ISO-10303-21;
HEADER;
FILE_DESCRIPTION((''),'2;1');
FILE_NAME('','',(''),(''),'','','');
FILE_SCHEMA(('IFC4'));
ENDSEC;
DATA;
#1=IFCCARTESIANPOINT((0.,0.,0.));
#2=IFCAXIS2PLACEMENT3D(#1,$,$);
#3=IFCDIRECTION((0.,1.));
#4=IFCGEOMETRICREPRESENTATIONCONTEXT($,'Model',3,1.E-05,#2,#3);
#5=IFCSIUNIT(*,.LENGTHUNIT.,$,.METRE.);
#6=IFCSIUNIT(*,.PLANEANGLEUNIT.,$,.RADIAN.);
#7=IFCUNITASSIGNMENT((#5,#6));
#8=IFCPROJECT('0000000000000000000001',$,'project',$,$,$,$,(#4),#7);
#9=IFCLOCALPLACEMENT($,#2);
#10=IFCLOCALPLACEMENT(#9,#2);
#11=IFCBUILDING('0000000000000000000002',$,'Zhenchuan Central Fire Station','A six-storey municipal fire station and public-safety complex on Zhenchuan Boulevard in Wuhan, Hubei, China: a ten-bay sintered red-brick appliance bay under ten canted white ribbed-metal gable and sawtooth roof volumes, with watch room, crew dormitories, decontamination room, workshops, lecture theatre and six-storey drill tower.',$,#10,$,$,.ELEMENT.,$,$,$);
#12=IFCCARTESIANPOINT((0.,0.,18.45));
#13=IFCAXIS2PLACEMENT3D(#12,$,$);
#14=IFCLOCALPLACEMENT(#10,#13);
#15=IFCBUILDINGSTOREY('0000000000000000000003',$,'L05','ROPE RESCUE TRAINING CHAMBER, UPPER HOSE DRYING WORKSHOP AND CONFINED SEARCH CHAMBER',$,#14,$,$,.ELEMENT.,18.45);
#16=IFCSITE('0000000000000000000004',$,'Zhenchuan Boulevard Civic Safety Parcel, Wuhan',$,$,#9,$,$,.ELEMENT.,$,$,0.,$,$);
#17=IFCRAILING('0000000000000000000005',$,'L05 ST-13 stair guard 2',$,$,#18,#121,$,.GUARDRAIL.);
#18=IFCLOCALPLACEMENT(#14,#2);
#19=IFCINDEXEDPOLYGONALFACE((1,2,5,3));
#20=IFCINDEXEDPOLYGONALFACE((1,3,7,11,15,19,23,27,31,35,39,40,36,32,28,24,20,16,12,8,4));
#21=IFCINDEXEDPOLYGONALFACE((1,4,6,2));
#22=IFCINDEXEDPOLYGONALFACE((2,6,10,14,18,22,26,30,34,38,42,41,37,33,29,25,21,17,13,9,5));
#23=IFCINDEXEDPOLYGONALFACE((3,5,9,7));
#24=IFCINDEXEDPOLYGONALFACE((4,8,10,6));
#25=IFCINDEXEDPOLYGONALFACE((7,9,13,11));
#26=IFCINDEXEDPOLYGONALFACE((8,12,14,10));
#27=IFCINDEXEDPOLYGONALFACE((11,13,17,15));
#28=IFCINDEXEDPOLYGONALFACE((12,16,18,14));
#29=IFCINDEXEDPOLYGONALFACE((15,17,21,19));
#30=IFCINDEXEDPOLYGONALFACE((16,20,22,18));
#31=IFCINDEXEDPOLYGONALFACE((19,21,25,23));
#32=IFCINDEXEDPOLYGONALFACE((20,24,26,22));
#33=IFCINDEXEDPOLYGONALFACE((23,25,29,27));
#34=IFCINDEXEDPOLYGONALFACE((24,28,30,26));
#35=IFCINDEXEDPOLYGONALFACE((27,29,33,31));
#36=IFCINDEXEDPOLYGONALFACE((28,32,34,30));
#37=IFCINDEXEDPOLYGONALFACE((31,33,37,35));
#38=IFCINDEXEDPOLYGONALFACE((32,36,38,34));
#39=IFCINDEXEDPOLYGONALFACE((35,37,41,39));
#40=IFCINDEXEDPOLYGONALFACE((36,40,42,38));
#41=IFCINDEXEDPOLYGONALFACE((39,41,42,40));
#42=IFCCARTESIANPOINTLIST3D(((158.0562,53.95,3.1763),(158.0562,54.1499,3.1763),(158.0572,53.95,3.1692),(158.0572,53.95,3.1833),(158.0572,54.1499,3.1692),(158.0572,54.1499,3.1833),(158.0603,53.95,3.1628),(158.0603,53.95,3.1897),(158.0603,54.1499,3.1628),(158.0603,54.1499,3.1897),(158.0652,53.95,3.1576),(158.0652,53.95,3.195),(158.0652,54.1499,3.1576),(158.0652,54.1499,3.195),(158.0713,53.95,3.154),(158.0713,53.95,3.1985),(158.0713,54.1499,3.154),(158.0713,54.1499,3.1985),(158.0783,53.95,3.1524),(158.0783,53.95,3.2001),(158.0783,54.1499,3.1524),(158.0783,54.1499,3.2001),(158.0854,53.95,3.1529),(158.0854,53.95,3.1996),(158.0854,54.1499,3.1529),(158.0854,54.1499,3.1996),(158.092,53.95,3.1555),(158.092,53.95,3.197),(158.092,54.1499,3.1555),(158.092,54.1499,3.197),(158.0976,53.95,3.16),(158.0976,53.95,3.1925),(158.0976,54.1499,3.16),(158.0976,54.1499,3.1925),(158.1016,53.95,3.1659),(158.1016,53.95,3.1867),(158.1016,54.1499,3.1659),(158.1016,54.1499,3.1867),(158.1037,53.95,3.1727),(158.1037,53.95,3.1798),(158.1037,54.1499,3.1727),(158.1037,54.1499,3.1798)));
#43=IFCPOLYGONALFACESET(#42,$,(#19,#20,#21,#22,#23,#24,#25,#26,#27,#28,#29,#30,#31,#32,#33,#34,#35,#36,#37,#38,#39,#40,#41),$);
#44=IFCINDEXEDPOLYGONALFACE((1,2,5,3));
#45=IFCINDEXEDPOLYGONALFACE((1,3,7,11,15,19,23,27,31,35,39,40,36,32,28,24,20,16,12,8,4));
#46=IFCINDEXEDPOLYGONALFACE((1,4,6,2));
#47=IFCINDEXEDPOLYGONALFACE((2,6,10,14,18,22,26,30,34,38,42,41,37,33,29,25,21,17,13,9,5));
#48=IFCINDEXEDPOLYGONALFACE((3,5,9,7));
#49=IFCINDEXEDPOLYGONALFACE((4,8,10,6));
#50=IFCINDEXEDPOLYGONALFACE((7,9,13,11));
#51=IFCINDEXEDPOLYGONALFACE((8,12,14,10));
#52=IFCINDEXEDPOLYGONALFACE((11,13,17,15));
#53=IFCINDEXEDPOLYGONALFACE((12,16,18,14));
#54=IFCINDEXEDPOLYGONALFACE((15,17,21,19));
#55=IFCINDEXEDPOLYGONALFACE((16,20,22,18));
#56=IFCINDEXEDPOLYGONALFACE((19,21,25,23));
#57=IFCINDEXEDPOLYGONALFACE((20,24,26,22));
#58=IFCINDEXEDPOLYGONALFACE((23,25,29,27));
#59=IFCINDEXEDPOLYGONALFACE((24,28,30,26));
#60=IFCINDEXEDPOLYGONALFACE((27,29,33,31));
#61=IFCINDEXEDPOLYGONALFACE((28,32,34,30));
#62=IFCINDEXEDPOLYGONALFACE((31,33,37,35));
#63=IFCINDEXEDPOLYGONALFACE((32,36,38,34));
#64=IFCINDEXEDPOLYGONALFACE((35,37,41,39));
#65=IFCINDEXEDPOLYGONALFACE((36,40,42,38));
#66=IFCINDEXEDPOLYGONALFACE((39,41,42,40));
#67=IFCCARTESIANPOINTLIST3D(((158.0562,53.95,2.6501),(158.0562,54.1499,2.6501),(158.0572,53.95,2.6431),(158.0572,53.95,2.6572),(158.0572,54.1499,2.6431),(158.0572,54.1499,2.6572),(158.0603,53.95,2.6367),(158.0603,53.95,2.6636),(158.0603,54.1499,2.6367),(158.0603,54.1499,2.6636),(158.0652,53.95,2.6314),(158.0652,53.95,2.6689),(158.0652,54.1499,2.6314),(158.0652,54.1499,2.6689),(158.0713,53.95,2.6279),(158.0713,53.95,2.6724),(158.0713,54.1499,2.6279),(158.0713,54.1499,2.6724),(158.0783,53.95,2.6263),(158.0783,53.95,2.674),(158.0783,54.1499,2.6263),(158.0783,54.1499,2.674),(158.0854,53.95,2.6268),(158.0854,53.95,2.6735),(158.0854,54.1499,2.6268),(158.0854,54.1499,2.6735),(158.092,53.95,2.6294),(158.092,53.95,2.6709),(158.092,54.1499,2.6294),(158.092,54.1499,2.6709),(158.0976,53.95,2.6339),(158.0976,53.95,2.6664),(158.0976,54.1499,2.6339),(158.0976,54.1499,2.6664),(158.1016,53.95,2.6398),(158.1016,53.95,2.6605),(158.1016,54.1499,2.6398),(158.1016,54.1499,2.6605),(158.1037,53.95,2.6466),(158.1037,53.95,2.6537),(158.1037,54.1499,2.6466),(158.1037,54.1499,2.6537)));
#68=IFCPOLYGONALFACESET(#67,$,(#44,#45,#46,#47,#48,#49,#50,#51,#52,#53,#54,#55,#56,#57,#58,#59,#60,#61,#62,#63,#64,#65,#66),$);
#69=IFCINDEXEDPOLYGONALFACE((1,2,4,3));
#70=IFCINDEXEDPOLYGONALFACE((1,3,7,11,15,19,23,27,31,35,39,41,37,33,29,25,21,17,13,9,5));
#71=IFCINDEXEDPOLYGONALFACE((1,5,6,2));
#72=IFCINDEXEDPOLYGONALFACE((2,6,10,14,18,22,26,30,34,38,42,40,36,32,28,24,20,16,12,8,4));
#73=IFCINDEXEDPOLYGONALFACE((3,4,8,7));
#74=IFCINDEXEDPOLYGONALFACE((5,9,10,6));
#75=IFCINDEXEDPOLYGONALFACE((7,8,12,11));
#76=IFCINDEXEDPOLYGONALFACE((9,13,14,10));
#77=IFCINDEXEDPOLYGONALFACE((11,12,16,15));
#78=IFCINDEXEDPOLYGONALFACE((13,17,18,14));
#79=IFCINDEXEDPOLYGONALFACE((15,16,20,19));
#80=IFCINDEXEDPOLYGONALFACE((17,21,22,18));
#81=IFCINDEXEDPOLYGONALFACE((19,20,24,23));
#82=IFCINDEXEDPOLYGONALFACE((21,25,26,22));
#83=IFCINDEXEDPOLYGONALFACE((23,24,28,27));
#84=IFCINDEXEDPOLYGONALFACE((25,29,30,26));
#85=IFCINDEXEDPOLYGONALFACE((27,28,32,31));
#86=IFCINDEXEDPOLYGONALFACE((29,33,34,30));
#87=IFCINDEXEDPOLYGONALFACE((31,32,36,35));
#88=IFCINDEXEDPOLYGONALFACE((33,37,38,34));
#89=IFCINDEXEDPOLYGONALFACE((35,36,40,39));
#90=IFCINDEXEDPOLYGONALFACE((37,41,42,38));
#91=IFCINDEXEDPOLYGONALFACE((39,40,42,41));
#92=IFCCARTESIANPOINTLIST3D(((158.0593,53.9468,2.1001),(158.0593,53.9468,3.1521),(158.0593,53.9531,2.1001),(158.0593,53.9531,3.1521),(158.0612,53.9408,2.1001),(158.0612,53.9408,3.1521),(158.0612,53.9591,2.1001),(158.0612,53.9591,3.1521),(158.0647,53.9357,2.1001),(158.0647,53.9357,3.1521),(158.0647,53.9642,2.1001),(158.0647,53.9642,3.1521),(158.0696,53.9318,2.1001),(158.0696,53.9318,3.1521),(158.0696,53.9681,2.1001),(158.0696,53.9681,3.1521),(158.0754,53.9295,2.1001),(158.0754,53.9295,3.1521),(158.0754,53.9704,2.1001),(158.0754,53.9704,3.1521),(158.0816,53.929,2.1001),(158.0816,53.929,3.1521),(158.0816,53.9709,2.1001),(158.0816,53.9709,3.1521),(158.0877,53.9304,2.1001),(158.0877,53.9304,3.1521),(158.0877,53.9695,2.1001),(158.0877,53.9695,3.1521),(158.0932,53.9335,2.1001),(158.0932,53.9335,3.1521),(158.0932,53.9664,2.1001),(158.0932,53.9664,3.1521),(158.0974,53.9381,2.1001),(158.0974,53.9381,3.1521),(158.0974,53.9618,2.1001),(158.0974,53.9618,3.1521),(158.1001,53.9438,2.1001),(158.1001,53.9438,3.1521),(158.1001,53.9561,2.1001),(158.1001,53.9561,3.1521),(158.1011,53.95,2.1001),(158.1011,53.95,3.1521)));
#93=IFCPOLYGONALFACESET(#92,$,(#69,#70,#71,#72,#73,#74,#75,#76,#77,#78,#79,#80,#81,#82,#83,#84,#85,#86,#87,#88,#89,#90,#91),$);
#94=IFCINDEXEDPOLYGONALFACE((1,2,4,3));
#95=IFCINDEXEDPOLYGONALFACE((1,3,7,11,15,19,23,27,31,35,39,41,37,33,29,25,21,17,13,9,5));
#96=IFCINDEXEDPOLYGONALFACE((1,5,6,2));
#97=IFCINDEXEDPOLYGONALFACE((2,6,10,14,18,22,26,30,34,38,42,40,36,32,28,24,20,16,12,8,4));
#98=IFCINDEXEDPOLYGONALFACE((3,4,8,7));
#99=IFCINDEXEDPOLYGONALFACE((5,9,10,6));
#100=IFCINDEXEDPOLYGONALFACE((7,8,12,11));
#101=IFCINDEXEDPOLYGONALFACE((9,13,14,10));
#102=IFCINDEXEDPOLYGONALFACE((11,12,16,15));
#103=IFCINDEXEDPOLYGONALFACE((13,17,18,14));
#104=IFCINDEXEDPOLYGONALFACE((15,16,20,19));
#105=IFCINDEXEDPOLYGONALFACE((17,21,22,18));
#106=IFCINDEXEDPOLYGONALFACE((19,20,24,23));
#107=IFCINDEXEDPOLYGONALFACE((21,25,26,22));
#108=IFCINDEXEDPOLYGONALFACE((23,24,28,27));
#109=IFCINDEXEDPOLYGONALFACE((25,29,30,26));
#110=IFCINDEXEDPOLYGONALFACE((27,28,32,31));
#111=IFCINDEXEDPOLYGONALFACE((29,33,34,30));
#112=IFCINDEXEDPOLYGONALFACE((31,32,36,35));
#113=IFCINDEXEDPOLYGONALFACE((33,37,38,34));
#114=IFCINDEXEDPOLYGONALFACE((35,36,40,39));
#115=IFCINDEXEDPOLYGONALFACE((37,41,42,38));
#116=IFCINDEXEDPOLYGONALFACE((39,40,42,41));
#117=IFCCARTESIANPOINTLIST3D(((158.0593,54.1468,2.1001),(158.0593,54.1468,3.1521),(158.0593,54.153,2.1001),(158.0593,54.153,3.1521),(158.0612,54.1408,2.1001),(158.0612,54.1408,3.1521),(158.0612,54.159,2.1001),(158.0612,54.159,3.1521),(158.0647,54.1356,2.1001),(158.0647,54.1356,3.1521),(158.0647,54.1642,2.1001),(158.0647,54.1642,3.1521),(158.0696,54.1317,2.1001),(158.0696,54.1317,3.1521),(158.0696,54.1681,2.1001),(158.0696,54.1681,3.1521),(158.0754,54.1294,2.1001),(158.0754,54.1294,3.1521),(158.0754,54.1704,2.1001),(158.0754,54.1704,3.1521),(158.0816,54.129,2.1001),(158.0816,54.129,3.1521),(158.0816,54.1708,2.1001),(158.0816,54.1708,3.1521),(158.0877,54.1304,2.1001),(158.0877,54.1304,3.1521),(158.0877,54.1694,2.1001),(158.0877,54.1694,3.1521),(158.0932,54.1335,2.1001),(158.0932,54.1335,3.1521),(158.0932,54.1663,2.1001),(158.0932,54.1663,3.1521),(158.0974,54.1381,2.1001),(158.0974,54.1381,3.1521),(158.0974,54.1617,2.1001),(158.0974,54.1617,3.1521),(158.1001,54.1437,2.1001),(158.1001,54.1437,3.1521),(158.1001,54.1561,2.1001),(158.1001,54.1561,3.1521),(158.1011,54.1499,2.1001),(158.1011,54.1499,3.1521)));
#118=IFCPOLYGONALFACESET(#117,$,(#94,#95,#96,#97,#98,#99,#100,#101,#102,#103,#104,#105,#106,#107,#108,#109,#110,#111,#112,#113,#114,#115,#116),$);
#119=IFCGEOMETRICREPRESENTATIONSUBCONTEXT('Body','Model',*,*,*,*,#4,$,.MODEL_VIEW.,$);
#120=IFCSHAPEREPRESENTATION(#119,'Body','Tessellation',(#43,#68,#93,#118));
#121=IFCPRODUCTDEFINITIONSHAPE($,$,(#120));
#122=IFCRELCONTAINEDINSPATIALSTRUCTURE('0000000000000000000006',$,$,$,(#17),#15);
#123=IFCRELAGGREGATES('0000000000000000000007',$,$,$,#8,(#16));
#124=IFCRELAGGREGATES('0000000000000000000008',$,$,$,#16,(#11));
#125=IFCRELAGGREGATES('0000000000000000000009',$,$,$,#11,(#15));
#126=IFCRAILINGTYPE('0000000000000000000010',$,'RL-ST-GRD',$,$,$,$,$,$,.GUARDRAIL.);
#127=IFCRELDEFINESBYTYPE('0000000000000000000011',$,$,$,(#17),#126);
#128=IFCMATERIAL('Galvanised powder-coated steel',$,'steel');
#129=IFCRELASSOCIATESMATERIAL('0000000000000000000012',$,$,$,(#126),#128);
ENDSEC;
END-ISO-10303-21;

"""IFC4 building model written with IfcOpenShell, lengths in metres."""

from ifc_helpers import new_model, si_unit, direction, frame, origin, origin_2d, place, context, subcontext, project, spatial, circle, extrude, material, type_object, element, save


model = new_model("IFC4")

# Units and contexts
model_context = context("Model", 3, precision=1e-05, world=origin(), true_north=direction((0.0, 1.0)))
body_context = subcontext(model_context, "Body", "Model", "MODEL_VIEW")
ifc_project = project(units=[si_unit("LENGTHUNIT", "METRE"), si_unit("PLANEANGLEUNIT", "RADIAN")], contexts=[model_context])

# Site, building, storey
site_placement = place(None, origin())
site = spatial("IfcSite", under=ifc_project, at=site_placement, Name="Zhenchuan Boulevard Civic Safety Parcel, Wuhan", CompositionType="ELEMENT", RefElevation=0.0)
building_placement = place(site_placement, origin())
building = spatial("IfcBuilding", under=site, at=building_placement, Name="Zhenchuan Central Fire Station", Description="A six-storey municipal fire station and public-safety complex on Zhenchuan Boulevard in Wuhan, Hubei, China: a ten-bay sintered red-brick appliance bay under ten canted white ribbed-metal gable and sawtooth roof volumes, with watch room, crew dormitories, decontamination room, workshops, lecture theatre and six-storey drill tower.", CompositionType="ELEMENT")
storey_placement = place(building_placement, frame((0.0, 0.0, 18.45)))
storey = spatial("IfcBuildingStorey", under=building, at=storey_placement, Name="L05", Description="ROPE RESCUE TRAINING CHAMBER, UPPER HOSE DRYING WORKSHOP AND CONFINED SEARCH CHAMBER", CompositionType="ELEMENT", Elevation=18.45)

# Railing
ifc_material_1 = material(Name="Galvanised powder-coated steel", Category="steel")
railing_type_1 = type_object("IfcRailingType", Name="RL-ST-GRD", PredefinedType="GUARDRAIL", material=ifc_material_1)
railing_1_placement = place(storey_placement, frame((158.0801, 53.95, 2.1001)))
element("IfcRailing", 1, at=railing_1_placement, inside=storey, type_object=railing_type_1, Name="L05 ST-13 stair guard 2", PredefinedType="GUARDRAIL", context=body_context, shape_type="SweptSolid", body=[
    extrude(circle(Radius=0.0239, at=origin_2d()), frame((0.0, 0.0, 1.0762), z_axis=(0.0, 1.0, 0.0), x_axis=(-1.0, 0.0, 0.0)), (0.0, 0.0, 1.0), 0.2),
    extrude(circle(Radius=0.0239, at=origin_2d()), frame((0.0, 0.0, 0.55), z_axis=(0.0, 1.0, 0.0), x_axis=(-1.0, 0.0, 0.0)), (0.0, 0.0, 1.0), 0.2),
    extrude(circle(Radius=0.021, at=origin_2d()), origin(), (0.0, 0.0, 1.0), 1.052),
    extrude(circle(Radius=0.021, at=origin_2d()), frame((0.0, 0.2, 0.0)), (0.0, 0.0, 1.0), 1.052),
])

save(model, "model.ifc")
